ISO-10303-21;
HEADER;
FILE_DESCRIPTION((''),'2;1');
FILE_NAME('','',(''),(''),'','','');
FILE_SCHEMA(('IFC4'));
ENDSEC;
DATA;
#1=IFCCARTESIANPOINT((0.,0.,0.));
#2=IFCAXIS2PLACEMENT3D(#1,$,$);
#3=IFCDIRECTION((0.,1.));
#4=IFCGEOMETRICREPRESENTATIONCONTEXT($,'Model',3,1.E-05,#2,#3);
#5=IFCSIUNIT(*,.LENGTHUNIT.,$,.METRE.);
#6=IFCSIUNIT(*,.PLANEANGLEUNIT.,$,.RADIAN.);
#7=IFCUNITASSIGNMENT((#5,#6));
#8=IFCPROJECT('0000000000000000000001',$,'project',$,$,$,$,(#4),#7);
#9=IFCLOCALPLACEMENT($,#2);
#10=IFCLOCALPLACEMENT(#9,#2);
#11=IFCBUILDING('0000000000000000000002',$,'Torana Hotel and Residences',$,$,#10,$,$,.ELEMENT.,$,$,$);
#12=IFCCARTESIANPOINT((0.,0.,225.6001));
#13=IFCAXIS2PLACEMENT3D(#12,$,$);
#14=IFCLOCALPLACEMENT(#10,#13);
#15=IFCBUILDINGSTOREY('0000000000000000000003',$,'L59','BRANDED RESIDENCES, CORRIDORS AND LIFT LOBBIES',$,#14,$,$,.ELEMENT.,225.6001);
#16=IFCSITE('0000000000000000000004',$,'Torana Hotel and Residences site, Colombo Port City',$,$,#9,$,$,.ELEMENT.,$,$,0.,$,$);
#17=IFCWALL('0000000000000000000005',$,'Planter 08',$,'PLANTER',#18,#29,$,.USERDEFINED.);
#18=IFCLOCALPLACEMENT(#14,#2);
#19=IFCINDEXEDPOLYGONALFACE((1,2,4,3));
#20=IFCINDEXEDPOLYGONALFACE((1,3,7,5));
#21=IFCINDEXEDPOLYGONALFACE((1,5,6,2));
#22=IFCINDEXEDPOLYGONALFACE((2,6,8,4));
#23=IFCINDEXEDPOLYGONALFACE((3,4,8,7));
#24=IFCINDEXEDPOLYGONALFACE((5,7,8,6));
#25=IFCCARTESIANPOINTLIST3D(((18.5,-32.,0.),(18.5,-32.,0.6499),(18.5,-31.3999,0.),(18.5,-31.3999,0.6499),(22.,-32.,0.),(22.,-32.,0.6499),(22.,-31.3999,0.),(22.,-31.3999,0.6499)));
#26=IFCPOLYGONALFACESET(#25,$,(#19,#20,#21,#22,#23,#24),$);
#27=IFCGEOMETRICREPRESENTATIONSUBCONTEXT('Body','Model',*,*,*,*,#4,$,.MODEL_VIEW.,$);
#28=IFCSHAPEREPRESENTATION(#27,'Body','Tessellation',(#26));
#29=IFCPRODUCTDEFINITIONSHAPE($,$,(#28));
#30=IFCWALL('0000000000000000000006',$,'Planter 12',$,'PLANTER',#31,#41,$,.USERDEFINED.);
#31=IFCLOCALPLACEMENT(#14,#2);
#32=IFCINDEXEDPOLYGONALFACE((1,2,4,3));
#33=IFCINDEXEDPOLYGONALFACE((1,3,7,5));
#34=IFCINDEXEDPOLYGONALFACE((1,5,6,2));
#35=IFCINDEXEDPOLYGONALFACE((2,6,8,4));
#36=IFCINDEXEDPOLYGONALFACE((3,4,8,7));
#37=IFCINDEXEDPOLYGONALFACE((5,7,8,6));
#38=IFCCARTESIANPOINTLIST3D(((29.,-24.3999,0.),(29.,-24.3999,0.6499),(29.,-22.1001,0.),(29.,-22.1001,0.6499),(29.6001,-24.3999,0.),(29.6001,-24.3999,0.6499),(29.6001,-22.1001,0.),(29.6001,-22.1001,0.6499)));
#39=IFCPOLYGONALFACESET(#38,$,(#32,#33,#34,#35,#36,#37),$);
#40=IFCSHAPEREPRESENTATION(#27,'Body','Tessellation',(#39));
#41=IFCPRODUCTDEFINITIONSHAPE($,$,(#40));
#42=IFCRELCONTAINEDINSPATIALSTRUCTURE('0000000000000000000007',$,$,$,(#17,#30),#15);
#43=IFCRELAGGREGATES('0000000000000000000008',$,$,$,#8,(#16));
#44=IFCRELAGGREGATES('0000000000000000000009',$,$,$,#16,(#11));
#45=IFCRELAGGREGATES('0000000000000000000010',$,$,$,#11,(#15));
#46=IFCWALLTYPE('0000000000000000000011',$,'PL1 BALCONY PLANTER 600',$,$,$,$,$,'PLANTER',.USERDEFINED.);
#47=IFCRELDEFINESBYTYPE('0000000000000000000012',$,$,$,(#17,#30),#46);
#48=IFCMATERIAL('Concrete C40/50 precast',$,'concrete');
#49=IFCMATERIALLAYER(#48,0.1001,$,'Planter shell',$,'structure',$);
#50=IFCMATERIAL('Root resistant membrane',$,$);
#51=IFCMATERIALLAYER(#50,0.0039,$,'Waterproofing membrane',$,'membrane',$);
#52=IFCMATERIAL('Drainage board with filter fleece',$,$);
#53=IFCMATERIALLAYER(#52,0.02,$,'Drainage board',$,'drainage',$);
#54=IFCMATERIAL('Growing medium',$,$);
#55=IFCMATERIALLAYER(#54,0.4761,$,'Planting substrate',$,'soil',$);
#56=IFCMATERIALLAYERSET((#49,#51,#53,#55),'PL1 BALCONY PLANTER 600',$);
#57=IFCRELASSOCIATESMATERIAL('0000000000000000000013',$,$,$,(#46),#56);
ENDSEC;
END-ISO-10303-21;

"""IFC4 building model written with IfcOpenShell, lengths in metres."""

from ifc_helpers import new_model, si_unit, direction, frame, frame_2d, origin, place, context, subcontext, project, spatial, rectangle, extrude, material, layer, layer_set, type_object, element, save


model = new_model("IFC4")

# Units and contexts
model_context = context("Model", 3, precision=1e-05, world=origin(), true_north=direction((0.0, 1.0)))
body_context = subcontext(model_context, "Body", "Model", "MODEL_VIEW")
ifc_project = project(units=[si_unit("LENGTHUNIT", "METRE"), si_unit("PLANEANGLEUNIT", "RADIAN")], contexts=[model_context])

# Site, building, storey
site_placement = place(None, origin())
site = spatial("IfcSite", under=ifc_project, at=site_placement, Name="Torana Hotel and Residences site, Colombo Port City", CompositionType="ELEMENT", RefElevation=0.0)
building_placement = place(site_placement, origin())
building = spatial("IfcBuilding", under=site, at=building_placement, Name="Torana Hotel and Residences", CompositionType="ELEMENT")
storey_placement = place(building_placement, frame((0.0, 0.0, 225.6001)))
storey = spatial("IfcBuildingStorey", under=building, at=storey_placement, Name="L59", Description="BRANDED RESIDENCES, CORRIDORS AND LIFT LOBBIES", CompositionType="ELEMENT", Elevation=225.6001)

# Walls
ifc_material_1 = material(Name="Concrete C40/50 precast", Category="concrete")
ifc_layer_1 = layer(ifc_material_1, 0.1001, Name="Planter shell", Category="structure")
ifc_material_2 = material(Name="Root resistant membrane")
ifc_layer_2 = layer(ifc_material_2, 0.0039, Name="Waterproofing membrane", Category="membrane")
ifc_material_3 = material(Name="Drainage board with filter fleece")
ifc_layer_3 = layer(ifc_material_3, 0.02, Name="Drainage board", Category="drainage")
ifc_material_4 = material(Name="Growing medium")
ifc_layer_4 = layer(ifc_material_4, 0.4761, Name="Planting substrate", Category="soil")
ifc_layer_set_1 = layer_set([ifc_layer_1, ifc_layer_2, ifc_layer_3, ifc_layer_4], Name="PL1 BALCONY PLANTER 600")
wall_type_1 = type_object("IfcWallType", Name="PL1 BALCONY PLANTER 600", ElementType="PLANTER", PredefinedType="USERDEFINED", material=ifc_layer_set_1)
wall_1_placement = place(storey_placement, frame((22.0, -31.7, 0.0), z_axis=(0.0, 0.0, 1.0), x_axis=(-1.0, 0.0, 0.0)))
element("IfcWall", 1, at=wall_1_placement, inside=storey, type_object=wall_type_1, Name="Planter 08", ObjectType="PLANTER", PredefinedType="USERDEFINED", context=body_context, shape_type="SweptSolid", body=[
    extrude(rectangle(XDim=3.5, YDim=0.6001, at=frame_2d((1.75, 0.0))), origin(), (0.0, 0.0, 1.0), 0.6499),
])
wall_2_placement = place(storey_placement, frame((29.3, -22.1001, 0.0), z_axis=(0.0, 0.0, 1.0), x_axis=(0.0, -1.0, 0.0)))
element("IfcWall", 2, at=wall_2_placement, inside=storey, type_object=wall_type_1, Name="Planter 12", ObjectType="PLANTER", PredefinedType="USERDEFINED", context=body_context, shape_type="SweptSolid", body=[
    extrude(rectangle(XDim=2.2998, YDim=0.6001, at=frame_2d((1.1499, 0.0))), origin(), (0.0, 0.0, 1.0), 0.6499),
])

save(model, "model.ifc")
